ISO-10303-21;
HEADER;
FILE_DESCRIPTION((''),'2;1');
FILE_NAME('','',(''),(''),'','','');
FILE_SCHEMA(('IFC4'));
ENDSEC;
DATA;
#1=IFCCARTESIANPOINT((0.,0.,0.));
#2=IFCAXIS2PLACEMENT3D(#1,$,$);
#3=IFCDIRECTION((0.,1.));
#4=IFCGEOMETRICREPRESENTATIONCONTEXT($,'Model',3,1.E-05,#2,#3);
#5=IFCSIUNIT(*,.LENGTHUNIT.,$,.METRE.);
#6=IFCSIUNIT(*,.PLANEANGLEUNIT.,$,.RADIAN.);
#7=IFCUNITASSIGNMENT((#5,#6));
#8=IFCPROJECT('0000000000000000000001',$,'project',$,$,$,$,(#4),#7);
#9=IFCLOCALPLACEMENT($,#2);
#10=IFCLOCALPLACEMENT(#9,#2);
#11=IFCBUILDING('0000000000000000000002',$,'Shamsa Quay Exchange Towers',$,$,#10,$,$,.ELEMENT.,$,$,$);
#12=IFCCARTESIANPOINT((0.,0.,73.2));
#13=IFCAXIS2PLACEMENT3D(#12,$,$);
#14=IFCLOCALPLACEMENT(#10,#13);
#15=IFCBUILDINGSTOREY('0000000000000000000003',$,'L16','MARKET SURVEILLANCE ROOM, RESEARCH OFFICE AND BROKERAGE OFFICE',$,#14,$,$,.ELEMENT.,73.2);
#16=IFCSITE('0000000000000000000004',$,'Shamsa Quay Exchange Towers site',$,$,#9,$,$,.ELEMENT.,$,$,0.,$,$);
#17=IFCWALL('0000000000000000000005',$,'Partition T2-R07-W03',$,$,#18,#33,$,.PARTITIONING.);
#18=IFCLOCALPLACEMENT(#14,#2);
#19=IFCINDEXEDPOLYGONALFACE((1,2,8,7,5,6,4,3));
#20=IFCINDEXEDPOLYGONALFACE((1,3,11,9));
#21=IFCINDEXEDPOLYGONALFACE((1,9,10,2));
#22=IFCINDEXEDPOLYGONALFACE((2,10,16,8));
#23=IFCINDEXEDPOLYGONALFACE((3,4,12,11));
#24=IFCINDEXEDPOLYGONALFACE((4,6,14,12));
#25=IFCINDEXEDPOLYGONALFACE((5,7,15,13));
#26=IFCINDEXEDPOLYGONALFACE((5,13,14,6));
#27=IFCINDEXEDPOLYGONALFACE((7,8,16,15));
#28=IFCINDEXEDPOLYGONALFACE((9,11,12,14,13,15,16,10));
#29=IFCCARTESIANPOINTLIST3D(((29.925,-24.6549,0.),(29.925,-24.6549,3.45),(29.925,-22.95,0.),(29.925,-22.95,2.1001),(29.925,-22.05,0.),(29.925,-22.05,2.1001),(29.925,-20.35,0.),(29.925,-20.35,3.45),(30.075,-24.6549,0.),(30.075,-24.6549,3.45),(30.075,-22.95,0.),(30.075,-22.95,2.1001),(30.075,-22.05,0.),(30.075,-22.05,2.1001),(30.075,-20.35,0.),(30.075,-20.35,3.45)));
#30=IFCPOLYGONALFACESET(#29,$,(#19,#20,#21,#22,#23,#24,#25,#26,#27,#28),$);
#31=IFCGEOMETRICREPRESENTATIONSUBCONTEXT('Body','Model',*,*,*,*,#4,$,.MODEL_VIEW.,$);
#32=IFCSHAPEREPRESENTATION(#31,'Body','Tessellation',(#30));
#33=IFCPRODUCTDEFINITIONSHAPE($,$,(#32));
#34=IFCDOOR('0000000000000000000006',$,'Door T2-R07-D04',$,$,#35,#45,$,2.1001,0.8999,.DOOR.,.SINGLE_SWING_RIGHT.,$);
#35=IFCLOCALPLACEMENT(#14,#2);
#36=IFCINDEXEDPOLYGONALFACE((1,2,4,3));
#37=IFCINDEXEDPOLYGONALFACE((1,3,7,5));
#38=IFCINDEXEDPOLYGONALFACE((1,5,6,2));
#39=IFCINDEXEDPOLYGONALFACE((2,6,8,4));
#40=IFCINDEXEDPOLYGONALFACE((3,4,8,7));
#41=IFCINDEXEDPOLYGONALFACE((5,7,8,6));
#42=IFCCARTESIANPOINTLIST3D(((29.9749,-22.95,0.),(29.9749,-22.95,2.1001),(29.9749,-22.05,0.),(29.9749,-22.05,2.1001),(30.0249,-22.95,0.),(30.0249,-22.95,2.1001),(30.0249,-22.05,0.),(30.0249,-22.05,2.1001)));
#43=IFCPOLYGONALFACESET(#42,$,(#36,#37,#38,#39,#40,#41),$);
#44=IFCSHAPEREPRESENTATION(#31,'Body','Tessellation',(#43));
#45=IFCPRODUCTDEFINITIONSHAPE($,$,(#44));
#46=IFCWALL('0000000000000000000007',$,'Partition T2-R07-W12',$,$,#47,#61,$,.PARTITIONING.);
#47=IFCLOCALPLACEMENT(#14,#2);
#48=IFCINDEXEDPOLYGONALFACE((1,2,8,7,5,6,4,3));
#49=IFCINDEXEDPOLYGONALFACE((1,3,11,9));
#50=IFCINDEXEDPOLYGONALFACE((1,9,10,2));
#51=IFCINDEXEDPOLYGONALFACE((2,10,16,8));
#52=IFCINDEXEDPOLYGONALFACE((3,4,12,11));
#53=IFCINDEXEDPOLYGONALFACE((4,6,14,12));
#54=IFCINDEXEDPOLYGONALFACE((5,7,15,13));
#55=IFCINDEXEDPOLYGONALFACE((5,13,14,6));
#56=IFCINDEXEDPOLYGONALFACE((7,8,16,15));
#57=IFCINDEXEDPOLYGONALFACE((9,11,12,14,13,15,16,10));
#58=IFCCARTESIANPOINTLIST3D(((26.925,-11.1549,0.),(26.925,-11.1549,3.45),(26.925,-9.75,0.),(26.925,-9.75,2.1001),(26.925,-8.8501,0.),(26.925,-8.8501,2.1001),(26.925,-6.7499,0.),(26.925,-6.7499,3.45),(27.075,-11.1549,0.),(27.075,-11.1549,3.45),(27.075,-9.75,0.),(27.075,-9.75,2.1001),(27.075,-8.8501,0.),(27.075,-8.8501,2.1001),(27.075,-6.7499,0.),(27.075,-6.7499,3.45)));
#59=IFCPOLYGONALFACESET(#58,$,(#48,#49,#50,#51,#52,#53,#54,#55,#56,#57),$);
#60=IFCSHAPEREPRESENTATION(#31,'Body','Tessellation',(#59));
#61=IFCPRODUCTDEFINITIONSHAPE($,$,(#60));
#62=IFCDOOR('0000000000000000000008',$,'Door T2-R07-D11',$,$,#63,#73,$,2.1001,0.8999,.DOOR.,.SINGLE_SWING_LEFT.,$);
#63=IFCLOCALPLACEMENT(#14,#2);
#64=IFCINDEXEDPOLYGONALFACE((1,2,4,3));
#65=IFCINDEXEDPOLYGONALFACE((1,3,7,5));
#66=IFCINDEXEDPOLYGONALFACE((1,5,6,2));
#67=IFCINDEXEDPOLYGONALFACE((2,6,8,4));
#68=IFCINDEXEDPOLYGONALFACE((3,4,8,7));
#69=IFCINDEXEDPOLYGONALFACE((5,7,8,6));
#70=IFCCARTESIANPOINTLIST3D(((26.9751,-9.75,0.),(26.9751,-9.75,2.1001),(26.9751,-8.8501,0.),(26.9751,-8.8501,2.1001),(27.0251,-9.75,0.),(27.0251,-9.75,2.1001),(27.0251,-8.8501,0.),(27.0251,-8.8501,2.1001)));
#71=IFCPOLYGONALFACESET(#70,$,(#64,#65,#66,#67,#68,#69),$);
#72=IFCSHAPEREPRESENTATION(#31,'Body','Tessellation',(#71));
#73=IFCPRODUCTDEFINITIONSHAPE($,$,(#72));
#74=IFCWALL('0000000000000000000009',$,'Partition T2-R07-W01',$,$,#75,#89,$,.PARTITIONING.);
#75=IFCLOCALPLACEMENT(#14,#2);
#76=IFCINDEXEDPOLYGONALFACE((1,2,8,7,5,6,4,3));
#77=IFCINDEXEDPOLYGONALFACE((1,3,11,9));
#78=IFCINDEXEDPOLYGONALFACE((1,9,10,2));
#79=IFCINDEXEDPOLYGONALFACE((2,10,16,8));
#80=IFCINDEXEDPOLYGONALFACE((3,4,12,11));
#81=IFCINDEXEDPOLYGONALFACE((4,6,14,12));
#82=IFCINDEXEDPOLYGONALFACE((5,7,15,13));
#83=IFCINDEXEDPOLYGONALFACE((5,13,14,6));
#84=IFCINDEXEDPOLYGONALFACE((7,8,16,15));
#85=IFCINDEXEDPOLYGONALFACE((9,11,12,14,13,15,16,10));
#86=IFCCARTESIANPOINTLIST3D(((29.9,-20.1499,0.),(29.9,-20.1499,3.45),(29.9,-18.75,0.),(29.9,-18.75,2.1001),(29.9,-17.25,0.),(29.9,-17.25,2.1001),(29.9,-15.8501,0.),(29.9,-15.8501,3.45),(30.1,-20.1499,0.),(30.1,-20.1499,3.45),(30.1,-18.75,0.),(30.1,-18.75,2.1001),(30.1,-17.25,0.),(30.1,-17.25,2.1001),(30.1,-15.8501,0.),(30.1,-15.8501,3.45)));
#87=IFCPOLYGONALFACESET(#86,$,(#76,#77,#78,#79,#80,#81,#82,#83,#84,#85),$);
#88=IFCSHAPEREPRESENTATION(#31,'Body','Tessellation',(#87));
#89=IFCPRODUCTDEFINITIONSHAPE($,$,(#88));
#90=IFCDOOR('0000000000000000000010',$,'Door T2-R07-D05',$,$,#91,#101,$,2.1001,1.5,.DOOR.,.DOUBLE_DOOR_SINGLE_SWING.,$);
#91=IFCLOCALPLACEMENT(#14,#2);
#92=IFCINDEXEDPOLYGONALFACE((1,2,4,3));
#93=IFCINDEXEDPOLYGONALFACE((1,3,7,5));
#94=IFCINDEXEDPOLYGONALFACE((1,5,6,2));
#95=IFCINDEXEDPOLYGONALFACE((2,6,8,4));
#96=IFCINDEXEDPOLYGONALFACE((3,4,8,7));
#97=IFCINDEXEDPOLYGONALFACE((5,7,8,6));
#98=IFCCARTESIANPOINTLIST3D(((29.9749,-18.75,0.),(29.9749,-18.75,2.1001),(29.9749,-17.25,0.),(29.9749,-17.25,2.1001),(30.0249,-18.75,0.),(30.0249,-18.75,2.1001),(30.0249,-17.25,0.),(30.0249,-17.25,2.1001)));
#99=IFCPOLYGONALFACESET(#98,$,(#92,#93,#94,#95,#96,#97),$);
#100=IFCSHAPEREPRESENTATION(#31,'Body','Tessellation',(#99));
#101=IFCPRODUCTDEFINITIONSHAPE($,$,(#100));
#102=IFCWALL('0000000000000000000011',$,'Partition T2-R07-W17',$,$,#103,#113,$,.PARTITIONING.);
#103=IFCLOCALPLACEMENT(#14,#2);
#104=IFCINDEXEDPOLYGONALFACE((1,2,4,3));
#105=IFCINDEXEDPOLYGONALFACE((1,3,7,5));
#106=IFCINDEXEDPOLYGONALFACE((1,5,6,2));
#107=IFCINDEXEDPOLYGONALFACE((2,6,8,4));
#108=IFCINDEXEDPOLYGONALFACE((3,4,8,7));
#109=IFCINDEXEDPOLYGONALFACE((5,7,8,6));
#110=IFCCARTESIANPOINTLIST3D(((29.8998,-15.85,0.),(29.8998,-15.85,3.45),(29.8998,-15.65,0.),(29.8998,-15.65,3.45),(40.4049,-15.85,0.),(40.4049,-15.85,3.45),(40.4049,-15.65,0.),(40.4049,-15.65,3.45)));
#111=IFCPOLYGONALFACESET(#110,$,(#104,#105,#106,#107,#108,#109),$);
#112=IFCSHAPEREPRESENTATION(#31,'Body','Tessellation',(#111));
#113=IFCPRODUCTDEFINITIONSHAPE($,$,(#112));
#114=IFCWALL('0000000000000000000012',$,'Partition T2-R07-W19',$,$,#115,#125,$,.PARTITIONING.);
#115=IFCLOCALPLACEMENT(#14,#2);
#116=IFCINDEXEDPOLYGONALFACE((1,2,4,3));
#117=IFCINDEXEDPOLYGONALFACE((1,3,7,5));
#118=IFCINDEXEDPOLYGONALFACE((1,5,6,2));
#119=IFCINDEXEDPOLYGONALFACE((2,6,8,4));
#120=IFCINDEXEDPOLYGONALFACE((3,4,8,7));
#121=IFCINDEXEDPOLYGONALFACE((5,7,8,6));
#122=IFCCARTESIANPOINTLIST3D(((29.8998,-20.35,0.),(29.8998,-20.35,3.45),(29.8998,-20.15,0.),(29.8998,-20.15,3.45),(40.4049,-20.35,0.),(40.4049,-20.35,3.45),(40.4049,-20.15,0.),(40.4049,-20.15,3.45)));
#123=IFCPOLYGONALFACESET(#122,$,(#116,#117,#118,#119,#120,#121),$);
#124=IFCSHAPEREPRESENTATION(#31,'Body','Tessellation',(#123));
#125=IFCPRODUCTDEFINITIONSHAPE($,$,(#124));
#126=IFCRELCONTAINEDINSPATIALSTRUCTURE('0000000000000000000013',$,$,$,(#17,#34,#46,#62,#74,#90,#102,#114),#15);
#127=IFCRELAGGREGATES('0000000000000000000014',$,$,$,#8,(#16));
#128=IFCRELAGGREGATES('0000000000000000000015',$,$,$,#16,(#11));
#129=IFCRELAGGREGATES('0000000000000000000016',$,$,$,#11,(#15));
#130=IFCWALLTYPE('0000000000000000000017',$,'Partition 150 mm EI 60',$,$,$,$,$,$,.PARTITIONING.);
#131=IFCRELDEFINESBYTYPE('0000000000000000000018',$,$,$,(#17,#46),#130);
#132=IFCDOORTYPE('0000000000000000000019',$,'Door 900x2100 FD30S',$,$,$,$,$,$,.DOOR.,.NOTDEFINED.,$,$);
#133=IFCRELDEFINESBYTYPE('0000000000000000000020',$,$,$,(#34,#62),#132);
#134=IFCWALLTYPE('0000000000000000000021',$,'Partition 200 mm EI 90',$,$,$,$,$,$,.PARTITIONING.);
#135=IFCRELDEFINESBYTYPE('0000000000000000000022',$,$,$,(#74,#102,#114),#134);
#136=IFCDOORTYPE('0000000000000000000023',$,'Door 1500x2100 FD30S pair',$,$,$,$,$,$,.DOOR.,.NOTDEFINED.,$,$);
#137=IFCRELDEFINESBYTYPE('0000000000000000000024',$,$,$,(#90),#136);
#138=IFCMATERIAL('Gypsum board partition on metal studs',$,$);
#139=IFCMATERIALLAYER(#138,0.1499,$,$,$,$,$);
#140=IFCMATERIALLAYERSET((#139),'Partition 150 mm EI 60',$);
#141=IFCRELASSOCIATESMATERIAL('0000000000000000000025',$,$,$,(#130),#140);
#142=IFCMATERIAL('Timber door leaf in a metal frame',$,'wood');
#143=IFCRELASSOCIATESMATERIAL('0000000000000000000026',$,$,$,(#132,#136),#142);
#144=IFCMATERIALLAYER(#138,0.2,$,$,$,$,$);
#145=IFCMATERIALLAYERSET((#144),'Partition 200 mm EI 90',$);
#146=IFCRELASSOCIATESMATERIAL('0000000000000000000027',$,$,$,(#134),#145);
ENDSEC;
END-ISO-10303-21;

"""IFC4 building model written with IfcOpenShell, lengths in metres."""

from ifc_helpers import new_model, si_unit, direction, frame, frame_2d, origin, place, context, subcontext, project, spatial, rectangle, extrude, material, layer, layer_set, type_object, element, fill, save


model = new_model("IFC4")

# Units and contexts
model_context = context("Model", 3, precision=1e-05, world=origin(), true_north=direction((0.0, 1.0)))
body_context = subcontext(model_context, "Body", "Model", "MODEL_VIEW")
ifc_project = project(units=[si_unit("LENGTHUNIT", "METRE"), si_unit("PLANEANGLEUNIT", "RADIAN")], contexts=[model_context])

# Site, building, storey
site_placement = place(None, origin())
site = spatial("IfcSite", under=ifc_project, at=site_placement, Name="Shamsa Quay Exchange Towers site", CompositionType="ELEMENT", RefElevation=0.0)
building_placement = place(site_placement, origin())
building = spatial("IfcBuilding", under=site, at=building_placement, Name="Shamsa Quay Exchange Towers", CompositionType="ELEMENT")
storey_placement = place(building_placement, frame((0.0, 0.0, 73.2)))
storey = spatial("IfcBuildingStorey", under=building, at=storey_placement, Name="L16", Description="MARKET SURVEILLANCE ROOM, RESEARCH OFFICE AND BROKERAGE OFFICE", CompositionType="ELEMENT", Elevation=73.2)

# Walls, openings, doors
ifc_material_1 = material(Name="Gypsum board partition on metal studs")
ifc_layer_1 = layer(ifc_material_1, 0.1499)
ifc_layer_set_1 = layer_set([ifc_layer_1], Name="Partition 150 mm EI 60")
wall_type_1 = type_object("IfcWallType", Name="Partition 150 mm EI 60", PredefinedType="PARTITIONING", material=ifc_layer_set_1)
wall_1_placement = place(storey_placement, frame((30.0, -20.3501, 0.0), z_axis=(0.0, 0.0, 1.0), x_axis=(0.0, -1.0, 0.0)))
wall_1 = element("IfcWall", 1, at=wall_1_placement, inside=storey, type_object=wall_type_1, Name="Partition T2-R07-W03", PredefinedType="PARTITIONING", context=body_context, shape_type="SweptSolid", body=[
    extrude(rectangle(XDim=4.3049, YDim=0.1499, at=frame_2d((2.1523, 0.0))), origin(), (0.0, 0.0, 1.0), 3.45),
])
opening_1_placement = place(wall_1_placement, frame((1.7, 0.0, 0.0)))
opening_1 = element("IfcOpeningElement", 2, at=opening_1_placement, cuts=wall_1, PredefinedType="OPENING", context=body_context, shape_type="SweptSolid", body=[
    extrude(rectangle(XDim=0.8999, YDim=2.1001, at=frame_2d((0.45, 1.05))), frame((0.0, 0.085, 0.0), z_axis=(0.0, -1.0, 0.0), x_axis=(1.0, 0.0, 0.0)), (0.0, 0.0, 1.0), 0.1699),
])
ifc_material_2 = material(Name="Timber door leaf in a metal frame", Category="wood")
door_type_1 = type_object("IfcDoorType", Name="Door 900x2100 FD30S", OperationType="NOTDEFINED", PredefinedType="DOOR", material=ifc_material_2)
door_1_placement = place(opening_1_placement, origin())
door_1 = element("IfcDoor", 3, at=door_1_placement, inside=storey, type_object=door_type_1, Name="Door T2-R07-D04", OperationType="SINGLE_SWING_RIGHT", OverallHeight=2.1001, OverallWidth=0.8999, PredefinedType="DOOR", context=body_context, shape_type="SweptSolid", body=[
    extrude(rectangle(XDim=0.8999, YDim=2.1001, at=frame_2d((0.45, 1.05))), frame((0.0, 0.0249, 0.0), z_axis=(0.0, -1.0, 0.0), x_axis=(1.0, 0.0, 0.0)), (0.0, 0.0, 1.0), 0.05),
])
fill(opening_1, door_1)
wall_2_placement = place(storey_placement, frame((27.0, -11.155, 0.0), z_axis=(0.0, 0.0, 1.0), x_axis=(0.0, 1.0, 0.0)))
wall_2 = element("IfcWall", 4, at=wall_2_placement, inside=storey, type_object=wall_type_1, Name="Partition T2-R07-W12", PredefinedType="PARTITIONING", context=body_context, shape_type="SweptSolid", body=[
    extrude(rectangle(XDim=4.405, YDim=0.1499, at=frame_2d((2.2026, 0.0))), origin(), (0.0, 0.0, 1.0), 3.45),
])
opening_2_placement = place(wall_2_placement, frame((1.405, 0.0, 0.0)))
opening_2 = element("IfcOpeningElement", 5, at=opening_2_placement, cuts=wall_2, PredefinedType="OPENING", context=body_context, shape_type="SweptSolid", body=[
    extrude(rectangle(XDim=0.8999, YDim=2.1001, at=frame_2d((0.45, 1.05))), frame((0.0, 0.085, 0.0), z_axis=(0.0, -1.0, 0.0), x_axis=(1.0, 0.0, 0.0)), (0.0, 0.0, 1.0), 0.1699),
])
door_2_placement = place(opening_2_placement, origin())
door_2 = element("IfcDoor", 6, at=door_2_placement, inside=storey, type_object=door_type_1, Name="Door T2-R07-D11", OperationType="SINGLE_SWING_LEFT", OverallHeight=2.1001, OverallWidth=0.8999, PredefinedType="DOOR", context=body_context, shape_type="SweptSolid", body=[
    extrude(rectangle(XDim=0.8999, YDim=2.1001, at=frame_2d((0.45, 1.05))), frame((0.0, 0.0249, 0.0), z_axis=(0.0, -1.0, 0.0), x_axis=(1.0, 0.0, 0.0)), (0.0, 0.0, 1.0), 0.05),
])
fill(opening_2, door_2)
ifc_layer_2 = layer(ifc_material_1, 0.2)
ifc_layer_set_2 = layer_set([ifc_layer_2], Name="Partition 200 mm EI 90")
wall_type_2 = type_object("IfcWallType", Name="Partition 200 mm EI 90", PredefinedType="PARTITIONING", material=ifc_layer_set_2)
wall_3_placement = place(storey_placement, frame((30.0, -15.8501, 0.0), z_axis=(0.0, 0.0, 1.0), x_axis=(0.0, -1.0, 0.0)))
wall_3 = element("IfcWall", 7, at=wall_3_placement, inside=storey, type_object=wall_type_2, Name="Partition T2-R07-W01", PredefinedType="PARTITIONING", context=body_context, shape_type="SweptSolid", body=[
    extrude(rectangle(XDim=4.2998, YDim=0.2, at=frame_2d((2.1499, 0.0))), origin(), (0.0, 0.0, 1.0), 3.45),
])
opening_3_placement = place(wall_3_placement, frame((1.3999, 0.0, 0.0)))
opening_3 = element("IfcOpeningElement", 8, at=opening_3_placement, cuts=wall_3, PredefinedType="OPENING", context=body_context, shape_type="SweptSolid", body=[
    extrude(rectangle(XDim=1.5, YDim=2.1001, at=frame_2d((0.75, 1.05))), frame((0.0, 0.1099, 0.0), z_axis=(0.0, -1.0, 0.0), x_axis=(1.0, 0.0, 0.0)), (0.0, 0.0, 1.0), 0.22),
])
door_type_2 = type_object("IfcDoorType", Name="Door 1500x2100 FD30S pair", OperationType="NOTDEFINED", PredefinedType="DOOR", material=ifc_material_2)
door_3_placement = place(opening_3_placement, origin())
door_3 = element("IfcDoor", 9, at=door_3_placement, inside=storey, type_object=door_type_2, Name="Door T2-R07-D05", OperationType="DOUBLE_DOOR_SINGLE_SWING", OverallHeight=2.1001, OverallWidth=1.5, PredefinedType="DOOR", context=body_context, shape_type="SweptSolid", body=[
    extrude(rectangle(XDim=1.5, YDim=2.1001, at=frame_2d((0.75, 1.05))), frame((0.0, 0.0249, 0.0), z_axis=(0.0, -1.0, 0.0), x_axis=(1.0, 0.0, 0.0)), (0.0, 0.0, 1.0), 0.05),
])
fill(opening_3, door_3)

# Walls
for number, where, name in (
    (10, (29.8999, -15.75, 0.0), "Partition T2-R07-W17"),
    (11, (29.8999, -20.25, 0.0), "Partition T2-R07-W19"),
):
    element("IfcWall", number, at=place(storey_placement, frame(where)), inside=storey, type_object=wall_type_2, Name=name, PredefinedType="PARTITIONING", context=body_context, shape_type="SweptSolid", body=[
        extrude(rectangle(XDim=10.5051, YDim=0.2, at=frame_2d((5.2524, 0.0))), origin(), (0.0, 0.0, 1.0), 3.45),
    ])

save(model, "model.ifc")
